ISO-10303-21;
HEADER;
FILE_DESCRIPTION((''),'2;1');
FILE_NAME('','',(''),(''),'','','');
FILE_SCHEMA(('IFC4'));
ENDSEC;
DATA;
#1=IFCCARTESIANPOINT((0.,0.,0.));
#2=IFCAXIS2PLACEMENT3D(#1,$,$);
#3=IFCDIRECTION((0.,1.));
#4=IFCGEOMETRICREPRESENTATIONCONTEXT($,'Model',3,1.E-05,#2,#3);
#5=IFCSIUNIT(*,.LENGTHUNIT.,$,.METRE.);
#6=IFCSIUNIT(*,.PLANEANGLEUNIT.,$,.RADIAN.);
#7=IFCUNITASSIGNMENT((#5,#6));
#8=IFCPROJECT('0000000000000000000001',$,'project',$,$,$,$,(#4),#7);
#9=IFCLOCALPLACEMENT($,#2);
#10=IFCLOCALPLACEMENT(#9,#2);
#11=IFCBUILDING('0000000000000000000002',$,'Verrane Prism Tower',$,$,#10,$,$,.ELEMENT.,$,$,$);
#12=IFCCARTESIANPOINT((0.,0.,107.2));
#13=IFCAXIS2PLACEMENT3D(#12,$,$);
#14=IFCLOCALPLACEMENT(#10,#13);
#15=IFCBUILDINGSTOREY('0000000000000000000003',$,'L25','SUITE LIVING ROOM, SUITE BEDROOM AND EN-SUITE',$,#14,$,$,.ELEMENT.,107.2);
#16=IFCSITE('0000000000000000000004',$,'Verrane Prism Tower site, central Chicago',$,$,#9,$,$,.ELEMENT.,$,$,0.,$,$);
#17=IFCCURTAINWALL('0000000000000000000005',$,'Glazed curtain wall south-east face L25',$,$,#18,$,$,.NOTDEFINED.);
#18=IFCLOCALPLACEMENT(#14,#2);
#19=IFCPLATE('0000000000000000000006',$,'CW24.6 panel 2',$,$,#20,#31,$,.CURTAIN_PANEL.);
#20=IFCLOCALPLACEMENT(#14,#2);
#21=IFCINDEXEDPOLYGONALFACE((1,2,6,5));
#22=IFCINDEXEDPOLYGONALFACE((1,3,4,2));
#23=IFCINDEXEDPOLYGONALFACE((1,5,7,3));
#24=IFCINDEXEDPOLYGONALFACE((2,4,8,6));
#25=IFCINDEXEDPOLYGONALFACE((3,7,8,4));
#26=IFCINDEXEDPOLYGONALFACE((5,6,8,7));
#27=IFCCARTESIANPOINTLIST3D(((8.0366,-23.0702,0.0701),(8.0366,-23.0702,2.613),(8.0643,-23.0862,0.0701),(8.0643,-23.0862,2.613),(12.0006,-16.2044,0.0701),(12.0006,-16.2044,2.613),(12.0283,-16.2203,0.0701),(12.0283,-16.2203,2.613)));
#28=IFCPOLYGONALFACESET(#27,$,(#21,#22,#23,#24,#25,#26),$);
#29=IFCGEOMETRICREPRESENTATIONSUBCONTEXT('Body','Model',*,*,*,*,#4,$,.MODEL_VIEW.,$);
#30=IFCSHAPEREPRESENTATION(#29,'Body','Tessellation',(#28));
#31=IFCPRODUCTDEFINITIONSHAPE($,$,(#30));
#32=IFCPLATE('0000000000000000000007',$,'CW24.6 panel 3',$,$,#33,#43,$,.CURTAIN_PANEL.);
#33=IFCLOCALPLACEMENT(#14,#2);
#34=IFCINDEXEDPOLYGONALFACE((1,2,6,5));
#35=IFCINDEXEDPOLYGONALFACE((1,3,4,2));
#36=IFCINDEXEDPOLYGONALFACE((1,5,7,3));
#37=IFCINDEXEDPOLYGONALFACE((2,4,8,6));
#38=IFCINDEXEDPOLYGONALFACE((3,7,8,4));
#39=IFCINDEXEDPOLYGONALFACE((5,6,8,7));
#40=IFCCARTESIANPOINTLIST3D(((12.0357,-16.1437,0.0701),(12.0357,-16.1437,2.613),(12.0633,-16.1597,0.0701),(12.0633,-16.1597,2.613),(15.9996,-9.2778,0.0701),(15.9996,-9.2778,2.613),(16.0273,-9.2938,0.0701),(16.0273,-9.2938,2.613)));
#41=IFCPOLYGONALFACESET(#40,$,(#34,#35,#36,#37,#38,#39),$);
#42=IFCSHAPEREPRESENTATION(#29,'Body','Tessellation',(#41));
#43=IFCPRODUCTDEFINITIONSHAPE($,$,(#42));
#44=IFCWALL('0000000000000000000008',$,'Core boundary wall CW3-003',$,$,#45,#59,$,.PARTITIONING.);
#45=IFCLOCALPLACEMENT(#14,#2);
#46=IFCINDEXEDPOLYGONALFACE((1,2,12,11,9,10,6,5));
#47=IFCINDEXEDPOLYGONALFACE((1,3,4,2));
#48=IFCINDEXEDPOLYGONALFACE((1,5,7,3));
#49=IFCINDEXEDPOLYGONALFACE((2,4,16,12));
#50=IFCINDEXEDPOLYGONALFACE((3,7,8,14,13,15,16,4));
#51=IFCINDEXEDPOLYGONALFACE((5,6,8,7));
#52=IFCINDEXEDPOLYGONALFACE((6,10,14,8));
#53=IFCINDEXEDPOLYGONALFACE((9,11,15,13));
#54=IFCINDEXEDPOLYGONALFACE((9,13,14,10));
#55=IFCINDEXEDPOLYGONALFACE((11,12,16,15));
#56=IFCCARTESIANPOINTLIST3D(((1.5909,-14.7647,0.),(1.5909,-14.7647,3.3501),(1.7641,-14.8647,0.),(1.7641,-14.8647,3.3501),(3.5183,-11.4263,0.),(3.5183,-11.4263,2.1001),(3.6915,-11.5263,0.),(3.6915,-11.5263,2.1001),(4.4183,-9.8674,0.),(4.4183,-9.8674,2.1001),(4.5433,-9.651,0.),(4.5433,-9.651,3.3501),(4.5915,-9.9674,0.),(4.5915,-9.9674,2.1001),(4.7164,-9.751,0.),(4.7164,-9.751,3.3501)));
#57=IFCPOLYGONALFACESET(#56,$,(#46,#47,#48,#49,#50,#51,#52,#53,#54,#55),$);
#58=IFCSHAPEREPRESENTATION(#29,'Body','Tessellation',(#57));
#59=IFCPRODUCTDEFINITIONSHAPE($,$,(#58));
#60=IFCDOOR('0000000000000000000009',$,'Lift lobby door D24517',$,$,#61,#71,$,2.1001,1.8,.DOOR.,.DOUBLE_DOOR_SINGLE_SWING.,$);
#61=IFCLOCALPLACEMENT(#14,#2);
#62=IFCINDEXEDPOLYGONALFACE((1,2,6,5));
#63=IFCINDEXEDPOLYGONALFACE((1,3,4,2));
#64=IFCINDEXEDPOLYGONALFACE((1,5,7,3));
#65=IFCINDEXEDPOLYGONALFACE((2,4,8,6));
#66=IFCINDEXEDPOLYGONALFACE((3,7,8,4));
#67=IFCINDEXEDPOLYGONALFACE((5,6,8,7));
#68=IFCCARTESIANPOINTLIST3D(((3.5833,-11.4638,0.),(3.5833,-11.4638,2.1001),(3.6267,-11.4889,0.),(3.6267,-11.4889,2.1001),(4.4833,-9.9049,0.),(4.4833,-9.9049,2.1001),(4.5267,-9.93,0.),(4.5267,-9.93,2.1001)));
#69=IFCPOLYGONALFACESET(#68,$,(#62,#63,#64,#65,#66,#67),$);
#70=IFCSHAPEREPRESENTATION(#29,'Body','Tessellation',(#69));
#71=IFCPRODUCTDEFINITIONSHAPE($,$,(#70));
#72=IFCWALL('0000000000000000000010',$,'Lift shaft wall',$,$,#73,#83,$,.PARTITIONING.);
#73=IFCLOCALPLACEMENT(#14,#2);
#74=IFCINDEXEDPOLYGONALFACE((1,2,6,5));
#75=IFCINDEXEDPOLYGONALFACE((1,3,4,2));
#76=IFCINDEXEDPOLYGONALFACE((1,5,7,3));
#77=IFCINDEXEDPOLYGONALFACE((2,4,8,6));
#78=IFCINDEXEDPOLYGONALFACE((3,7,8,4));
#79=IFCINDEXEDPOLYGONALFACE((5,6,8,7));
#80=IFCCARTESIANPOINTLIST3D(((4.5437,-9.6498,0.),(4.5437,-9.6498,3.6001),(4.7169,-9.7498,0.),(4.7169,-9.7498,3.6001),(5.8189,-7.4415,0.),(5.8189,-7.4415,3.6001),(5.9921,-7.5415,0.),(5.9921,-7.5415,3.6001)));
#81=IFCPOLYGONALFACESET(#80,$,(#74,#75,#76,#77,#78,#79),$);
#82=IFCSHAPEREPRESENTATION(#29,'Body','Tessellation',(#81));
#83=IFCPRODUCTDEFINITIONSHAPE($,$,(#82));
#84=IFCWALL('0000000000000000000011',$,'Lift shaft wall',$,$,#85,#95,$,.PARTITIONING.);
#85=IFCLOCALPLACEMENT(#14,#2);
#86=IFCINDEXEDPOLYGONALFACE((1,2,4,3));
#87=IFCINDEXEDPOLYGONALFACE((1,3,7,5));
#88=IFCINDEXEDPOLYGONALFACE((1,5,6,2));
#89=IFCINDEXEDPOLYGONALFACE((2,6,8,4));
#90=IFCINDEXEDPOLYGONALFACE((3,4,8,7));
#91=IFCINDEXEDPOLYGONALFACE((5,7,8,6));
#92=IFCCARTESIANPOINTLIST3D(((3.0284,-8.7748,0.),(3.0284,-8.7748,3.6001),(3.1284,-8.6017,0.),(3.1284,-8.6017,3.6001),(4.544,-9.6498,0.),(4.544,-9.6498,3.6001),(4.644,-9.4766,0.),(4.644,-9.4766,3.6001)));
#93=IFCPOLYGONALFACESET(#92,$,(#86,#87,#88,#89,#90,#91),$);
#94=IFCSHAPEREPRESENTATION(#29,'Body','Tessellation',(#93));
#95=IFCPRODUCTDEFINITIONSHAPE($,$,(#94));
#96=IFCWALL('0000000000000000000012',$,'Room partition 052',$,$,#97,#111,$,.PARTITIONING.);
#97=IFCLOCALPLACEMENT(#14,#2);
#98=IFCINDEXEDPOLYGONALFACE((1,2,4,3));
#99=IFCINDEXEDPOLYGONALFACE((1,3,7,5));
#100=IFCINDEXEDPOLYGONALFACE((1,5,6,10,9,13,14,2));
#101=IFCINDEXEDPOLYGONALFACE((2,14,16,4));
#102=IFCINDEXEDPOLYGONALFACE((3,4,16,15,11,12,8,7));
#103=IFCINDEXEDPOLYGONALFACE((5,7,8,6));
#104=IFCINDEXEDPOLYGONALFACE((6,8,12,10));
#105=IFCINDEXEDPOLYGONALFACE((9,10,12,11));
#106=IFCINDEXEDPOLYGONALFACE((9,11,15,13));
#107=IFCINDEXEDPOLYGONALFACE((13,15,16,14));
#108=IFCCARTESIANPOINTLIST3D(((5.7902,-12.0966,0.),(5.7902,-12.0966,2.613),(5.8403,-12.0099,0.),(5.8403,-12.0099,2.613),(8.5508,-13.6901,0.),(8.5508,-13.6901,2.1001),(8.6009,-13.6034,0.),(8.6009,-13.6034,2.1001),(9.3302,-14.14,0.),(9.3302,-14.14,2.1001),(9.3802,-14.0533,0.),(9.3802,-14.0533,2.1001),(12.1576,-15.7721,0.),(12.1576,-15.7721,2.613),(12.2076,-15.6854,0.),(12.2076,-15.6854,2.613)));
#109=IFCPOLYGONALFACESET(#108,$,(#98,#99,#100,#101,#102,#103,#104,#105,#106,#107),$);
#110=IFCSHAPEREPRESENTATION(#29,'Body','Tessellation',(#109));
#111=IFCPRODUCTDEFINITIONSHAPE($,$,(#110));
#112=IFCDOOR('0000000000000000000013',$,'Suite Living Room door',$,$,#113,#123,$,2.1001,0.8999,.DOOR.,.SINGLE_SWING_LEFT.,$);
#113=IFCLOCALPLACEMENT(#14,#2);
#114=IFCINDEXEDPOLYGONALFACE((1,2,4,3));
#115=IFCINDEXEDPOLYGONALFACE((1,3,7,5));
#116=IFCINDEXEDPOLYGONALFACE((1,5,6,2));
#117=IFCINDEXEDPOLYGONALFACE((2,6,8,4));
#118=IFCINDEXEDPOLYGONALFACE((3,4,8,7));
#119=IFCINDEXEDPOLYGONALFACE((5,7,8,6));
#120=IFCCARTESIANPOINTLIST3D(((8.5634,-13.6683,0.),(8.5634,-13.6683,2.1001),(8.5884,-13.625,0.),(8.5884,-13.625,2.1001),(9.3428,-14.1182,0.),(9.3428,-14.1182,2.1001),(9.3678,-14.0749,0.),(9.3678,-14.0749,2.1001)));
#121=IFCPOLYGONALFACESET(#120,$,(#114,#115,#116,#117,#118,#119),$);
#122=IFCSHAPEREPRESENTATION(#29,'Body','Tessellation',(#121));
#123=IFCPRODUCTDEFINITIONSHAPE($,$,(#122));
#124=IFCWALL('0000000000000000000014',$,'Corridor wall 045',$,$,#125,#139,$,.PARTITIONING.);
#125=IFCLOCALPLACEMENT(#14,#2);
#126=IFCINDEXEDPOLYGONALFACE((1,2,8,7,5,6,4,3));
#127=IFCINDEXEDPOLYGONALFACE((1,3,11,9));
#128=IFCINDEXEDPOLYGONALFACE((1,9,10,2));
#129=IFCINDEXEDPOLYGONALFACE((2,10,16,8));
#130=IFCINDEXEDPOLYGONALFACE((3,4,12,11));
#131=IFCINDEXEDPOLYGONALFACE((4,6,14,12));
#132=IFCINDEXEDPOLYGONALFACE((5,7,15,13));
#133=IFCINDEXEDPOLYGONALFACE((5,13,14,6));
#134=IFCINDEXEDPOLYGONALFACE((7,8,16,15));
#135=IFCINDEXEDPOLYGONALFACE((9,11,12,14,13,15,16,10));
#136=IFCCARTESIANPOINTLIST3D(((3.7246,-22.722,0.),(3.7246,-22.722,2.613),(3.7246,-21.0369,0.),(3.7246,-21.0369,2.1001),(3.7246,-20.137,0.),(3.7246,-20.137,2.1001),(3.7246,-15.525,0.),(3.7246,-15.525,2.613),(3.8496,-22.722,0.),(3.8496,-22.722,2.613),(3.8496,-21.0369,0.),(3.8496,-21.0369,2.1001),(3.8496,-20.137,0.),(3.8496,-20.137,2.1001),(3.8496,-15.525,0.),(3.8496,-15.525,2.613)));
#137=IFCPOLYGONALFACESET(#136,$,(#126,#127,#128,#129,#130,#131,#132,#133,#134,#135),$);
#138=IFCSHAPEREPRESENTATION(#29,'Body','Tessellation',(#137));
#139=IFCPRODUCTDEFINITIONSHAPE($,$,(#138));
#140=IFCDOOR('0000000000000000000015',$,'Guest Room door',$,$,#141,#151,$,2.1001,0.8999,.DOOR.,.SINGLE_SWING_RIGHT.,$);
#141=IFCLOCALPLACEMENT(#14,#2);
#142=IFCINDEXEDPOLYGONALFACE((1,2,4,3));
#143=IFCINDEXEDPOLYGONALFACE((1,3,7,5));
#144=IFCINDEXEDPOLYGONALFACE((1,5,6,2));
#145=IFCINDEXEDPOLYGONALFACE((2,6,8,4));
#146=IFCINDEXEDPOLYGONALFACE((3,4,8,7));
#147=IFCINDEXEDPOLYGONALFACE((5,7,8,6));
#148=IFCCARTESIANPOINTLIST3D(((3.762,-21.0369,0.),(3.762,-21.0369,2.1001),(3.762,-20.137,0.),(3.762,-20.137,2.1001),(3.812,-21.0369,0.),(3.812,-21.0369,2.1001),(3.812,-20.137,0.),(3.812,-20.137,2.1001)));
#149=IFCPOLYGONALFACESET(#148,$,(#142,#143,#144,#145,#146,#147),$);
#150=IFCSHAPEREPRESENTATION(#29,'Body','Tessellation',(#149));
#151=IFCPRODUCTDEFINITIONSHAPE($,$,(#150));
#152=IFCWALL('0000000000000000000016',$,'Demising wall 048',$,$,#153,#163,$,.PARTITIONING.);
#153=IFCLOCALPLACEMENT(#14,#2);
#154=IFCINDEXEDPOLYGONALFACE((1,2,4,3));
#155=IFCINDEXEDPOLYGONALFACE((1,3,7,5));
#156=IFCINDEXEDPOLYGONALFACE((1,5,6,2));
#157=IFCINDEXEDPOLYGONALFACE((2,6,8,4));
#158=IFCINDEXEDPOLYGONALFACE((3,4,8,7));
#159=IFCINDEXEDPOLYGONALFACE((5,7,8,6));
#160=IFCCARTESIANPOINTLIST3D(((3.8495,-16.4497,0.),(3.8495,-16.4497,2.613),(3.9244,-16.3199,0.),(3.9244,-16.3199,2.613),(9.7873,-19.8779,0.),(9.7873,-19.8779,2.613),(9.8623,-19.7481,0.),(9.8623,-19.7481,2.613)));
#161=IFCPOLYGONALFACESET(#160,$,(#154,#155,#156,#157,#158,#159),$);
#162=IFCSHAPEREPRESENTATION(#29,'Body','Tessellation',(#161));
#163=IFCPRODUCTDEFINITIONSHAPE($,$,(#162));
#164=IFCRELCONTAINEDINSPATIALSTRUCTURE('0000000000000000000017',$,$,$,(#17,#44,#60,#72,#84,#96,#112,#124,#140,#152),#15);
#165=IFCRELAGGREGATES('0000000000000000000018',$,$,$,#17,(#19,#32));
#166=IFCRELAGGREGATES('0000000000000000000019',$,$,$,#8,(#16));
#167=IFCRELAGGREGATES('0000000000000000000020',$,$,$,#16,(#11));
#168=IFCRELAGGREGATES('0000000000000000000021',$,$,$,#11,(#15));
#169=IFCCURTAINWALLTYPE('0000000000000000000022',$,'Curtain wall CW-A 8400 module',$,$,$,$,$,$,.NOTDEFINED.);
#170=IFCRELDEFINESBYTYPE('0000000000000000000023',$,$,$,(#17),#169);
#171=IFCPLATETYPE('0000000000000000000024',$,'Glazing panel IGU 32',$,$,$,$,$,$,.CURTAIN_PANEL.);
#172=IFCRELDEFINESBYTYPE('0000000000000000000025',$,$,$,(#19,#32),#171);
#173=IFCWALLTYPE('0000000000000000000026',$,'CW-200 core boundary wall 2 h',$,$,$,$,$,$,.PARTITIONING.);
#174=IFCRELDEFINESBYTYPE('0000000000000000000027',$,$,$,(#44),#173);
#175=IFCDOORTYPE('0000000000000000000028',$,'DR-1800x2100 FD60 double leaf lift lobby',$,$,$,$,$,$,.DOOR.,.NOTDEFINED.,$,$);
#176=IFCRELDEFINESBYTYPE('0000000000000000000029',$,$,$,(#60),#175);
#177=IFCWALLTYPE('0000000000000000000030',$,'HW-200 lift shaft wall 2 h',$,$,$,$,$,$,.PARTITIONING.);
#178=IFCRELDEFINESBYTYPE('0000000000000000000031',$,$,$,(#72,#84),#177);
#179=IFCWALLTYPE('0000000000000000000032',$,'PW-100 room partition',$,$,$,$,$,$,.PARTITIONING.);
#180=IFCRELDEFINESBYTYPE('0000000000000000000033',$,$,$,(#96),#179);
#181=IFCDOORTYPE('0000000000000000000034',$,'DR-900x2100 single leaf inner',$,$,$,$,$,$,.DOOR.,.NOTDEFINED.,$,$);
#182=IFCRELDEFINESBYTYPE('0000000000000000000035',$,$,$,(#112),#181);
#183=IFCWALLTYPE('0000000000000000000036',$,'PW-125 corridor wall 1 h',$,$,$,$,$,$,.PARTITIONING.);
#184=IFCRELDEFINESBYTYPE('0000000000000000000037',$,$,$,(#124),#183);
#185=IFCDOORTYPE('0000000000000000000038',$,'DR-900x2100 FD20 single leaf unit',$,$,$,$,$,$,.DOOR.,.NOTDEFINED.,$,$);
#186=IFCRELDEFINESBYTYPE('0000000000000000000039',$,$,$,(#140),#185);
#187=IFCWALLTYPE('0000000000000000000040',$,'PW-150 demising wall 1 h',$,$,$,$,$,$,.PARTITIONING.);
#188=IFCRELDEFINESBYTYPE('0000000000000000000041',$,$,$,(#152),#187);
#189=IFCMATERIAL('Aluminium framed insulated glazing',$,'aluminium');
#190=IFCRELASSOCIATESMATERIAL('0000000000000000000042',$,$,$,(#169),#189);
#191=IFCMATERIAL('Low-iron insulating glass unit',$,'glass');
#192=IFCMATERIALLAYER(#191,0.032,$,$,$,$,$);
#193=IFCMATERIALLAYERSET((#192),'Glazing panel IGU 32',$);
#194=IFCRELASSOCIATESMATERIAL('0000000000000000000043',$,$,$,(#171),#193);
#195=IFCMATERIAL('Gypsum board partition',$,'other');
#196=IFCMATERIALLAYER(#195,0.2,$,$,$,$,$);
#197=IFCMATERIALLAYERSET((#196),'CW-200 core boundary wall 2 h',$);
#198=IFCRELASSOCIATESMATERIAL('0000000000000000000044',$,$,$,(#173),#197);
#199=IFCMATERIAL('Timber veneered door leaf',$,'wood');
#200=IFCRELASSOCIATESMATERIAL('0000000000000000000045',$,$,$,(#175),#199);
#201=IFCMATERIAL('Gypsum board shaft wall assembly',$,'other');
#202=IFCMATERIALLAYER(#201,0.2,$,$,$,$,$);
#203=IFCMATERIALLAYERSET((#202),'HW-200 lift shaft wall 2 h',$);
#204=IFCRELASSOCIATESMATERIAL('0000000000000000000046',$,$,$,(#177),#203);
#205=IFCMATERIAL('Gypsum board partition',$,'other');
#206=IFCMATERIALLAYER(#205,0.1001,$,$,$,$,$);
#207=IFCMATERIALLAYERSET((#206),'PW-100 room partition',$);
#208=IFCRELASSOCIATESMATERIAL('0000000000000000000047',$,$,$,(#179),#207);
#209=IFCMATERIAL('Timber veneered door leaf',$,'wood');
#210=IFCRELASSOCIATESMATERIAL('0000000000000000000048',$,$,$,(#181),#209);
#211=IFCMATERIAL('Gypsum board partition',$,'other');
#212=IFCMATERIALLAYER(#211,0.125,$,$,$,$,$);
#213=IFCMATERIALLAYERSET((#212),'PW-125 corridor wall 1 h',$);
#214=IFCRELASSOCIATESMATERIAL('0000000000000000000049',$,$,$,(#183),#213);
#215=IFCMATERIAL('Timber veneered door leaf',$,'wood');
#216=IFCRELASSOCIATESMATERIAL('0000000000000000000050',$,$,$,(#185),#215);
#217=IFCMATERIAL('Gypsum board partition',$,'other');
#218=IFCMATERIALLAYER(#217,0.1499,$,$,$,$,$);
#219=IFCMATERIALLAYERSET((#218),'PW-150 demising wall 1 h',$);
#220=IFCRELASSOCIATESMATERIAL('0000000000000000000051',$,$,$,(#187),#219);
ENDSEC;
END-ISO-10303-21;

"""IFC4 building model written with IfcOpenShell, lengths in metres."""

from ifc_helpers import new_model, si_unit, direction, frame, frame_2d, origin, origin_2d, place, context, subcontext, project, spatial, rectangle, extrude, material, layer, layer_set, type_object, element, fill, aggregate, save


model = new_model("IFC4")

# Units and contexts
model_context = context("Model", 3, precision=1e-05, world=origin(), true_north=direction((0.0, 1.0)))
body_context = subcontext(model_context, "Body", "Model", "MODEL_VIEW")
ifc_project = project(units=[si_unit("LENGTHUNIT", "METRE"), si_unit("PLANEANGLEUNIT", "RADIAN")], contexts=[model_context])

# Site, building, storey
site_placement = place(None, origin())
site = spatial("IfcSite", under=ifc_project, at=site_placement, Name="Verrane Prism Tower site, central Chicago", CompositionType="ELEMENT", RefElevation=0.0)
building_placement = place(site_placement, origin())
building = spatial("IfcBuilding", under=site, at=building_placement, Name="Verrane Prism Tower", CompositionType="ELEMENT")
storey_placement = place(building_placement, frame((0.0, 0.0, 107.2)))
storey = spatial("IfcBuildingStorey", under=building, at=storey_placement, Name="L25", Description="SUITE LIVING ROOM, SUITE BEDROOM AND EN-SUITE", CompositionType="ELEMENT", Elevation=107.2)

# Curtain wall
ifc_material_1 = material(Name="Aluminium framed insulated glazing", Category="aluminium")
curtain_wall_type = type_object("IfcCurtainWallType", Name="Curtain wall CW-A 8400 module", PredefinedType="NOTDEFINED", material=ifc_material_1)
curtain_wall_placement = place(storey_placement, origin())
curtain_wall = element("IfcCurtainWall", 1, at=curtain_wall_placement, inside=storey, type_object=curtain_wall_type, Name="Glazed curtain wall south-east face L25", PredefinedType="NOTDEFINED")

# Plates
ifc_material_2 = material(Name="Low-iron insulating glass unit", Category="glass")
ifc_layer_1 = layer(ifc_material_2, 0.032)
ifc_layer_set_1 = layer_set([ifc_layer_1], Name="Glazing panel IGU 32")
plate_type = type_object("IfcPlateType", Name="Glazing panel IGU 32", PredefinedType="CURTAIN_PANEL", material=ifc_layer_set_1)
plate_1_placement = place(storey_placement, frame((10.0325, -19.6453, 0.0701), z_axis=(0.0, 0.0, 1.0), x_axis=(0.5, 0.866025, 0.0)))
plate_1 = element("IfcPlate", 2, at=plate_1_placement, type_object=plate_type, Name="CW24.6 panel 2", PredefinedType="CURTAIN_PANEL", context=body_context, shape_type="SweptSolid", body=[
    extrude(rectangle(XDim=7.928, YDim=0.032, at=origin_2d()), origin(), (0.0, 0.0, 1.0), 2.543),
])
plate_2_placement = place(storey_placement, frame((14.0315, -12.7188, 0.0701), z_axis=(0.0, 0.0, 1.0), x_axis=(0.5, 0.866025, 0.0)))
plate_2 = element("IfcPlate", 3, at=plate_2_placement, type_object=plate_type, Name="CW24.6 panel 3", PredefinedType="CURTAIN_PANEL", context=body_context, shape_type="SweptSolid", body=[
    extrude(rectangle(XDim=7.928, YDim=0.032, at=origin_2d()), origin(), (0.0, 0.0, 1.0), 2.543),
])
aggregate(curtain_wall, [plate_1, plate_2])

# Wall, opening, door
ifc_material_3 = material(Name="Gypsum board partition", Category="other")
ifc_layer_2 = layer(ifc_material_3, 0.2)
ifc_layer_set_2 = layer_set([ifc_layer_2], Name="CW-200 core boundary wall 2 h")
wall_type_1 = type_object("IfcWallType", Name="CW-200 core boundary wall 2 h", PredefinedType="PARTITIONING", material=ifc_layer_set_2)
wall_1_placement = place(storey_placement, frame((1.6775, -14.8147, 0.0), z_axis=(0.0, 0.0, 1.0), x_axis=(0.499994, 0.866029, 0.0)))
wall_1 = element("IfcWall", 4, at=wall_1_placement, inside=storey, type_object=wall_type_1, Name="Core boundary wall CW3-003", PredefinedType="PARTITIONING", context=body_context, shape_type="SweptSolid", body=[
    extrude(rectangle(XDim=5.9048, YDim=0.2, at=frame_2d((2.9524, 0.0))), origin(), (0.0, 0.0, 1.0), 3.3501),
])
opening_1_placement = place(wall_1_placement, frame((3.855, 0.0, 0.0)))
opening_1 = element("IfcOpeningElement", 5, at=opening_1_placement, cuts=wall_1, PredefinedType="OPENING", context=body_context, shape_type="SweptSolid", body=[
    extrude(rectangle(XDim=1.8, YDim=2.1001, at=frame_2d((0.8999, 1.05))), frame((0.0, 0.1099, 0.0), z_axis=(0.0, -1.0, 0.0), x_axis=(1.0, 0.0, 0.0)), (0.0, 0.0, 1.0), 0.22),
])
ifc_material_4 = material(Name="Timber veneered door leaf", Category="wood")
door_type_1 = type_object("IfcDoorType", Name="DR-1800x2100 FD60 double leaf lift lobby", OperationType="NOTDEFINED", PredefinedType="DOOR", material=ifc_material_4)
door_1_placement = place(opening_1_placement, origin())
door_1 = element("IfcDoor", 6, at=door_1_placement, inside=storey, type_object=door_type_1, Name="Lift lobby door D24517", OperationType="DOUBLE_DOOR_SINGLE_SWING", OverallHeight=2.1001, OverallWidth=1.8, PredefinedType="DOOR", context=body_context, shape_type="SweptSolid", body=[
    extrude(rectangle(XDim=1.8, YDim=2.1001, at=frame_2d((0.8999, 1.05))), frame((0.0, 0.0249, 0.0), z_axis=(0.0, -1.0, 0.0), x_axis=(1.0, 0.0, 0.0)), (0.0, 0.0, 1.0), 0.05),
])
fill(opening_1, door_1)

# Walls
ifc_material_5 = material(Name="Gypsum board shaft wall assembly", Category="other")
ifc_layer_3 = layer(ifc_material_5, 0.2)
ifc_layer_set_3 = layer_set([ifc_layer_3], Name="HW-200 lift shaft wall 2 h")
wall_type_2 = type_object("IfcWallType", Name="HW-200 lift shaft wall 2 h", PredefinedType="PARTITIONING", material=ifc_layer_set_3)
wall_2_placement = place(storey_placement, frame((4.6304, -9.6997, 0.0), z_axis=(0.0, 0.0, 1.0), x_axis=(0.500062, 0.865989, 0.0)))
element("IfcWall", 7, at=wall_2_placement, inside=storey, type_object=wall_type_2, Name="Lift shaft wall", PredefinedType="PARTITIONING", context=body_context, shape_type="SweptSolid", body=[
    extrude(rectangle(XDim=2.55, YDim=0.2, at=frame_2d((1.2749, 0.0))), origin(), (0.0, 0.0, 1.0), 3.6001),
])
wall_3_placement = place(storey_placement, frame((4.594, -9.5632, 0.0), z_axis=(0.0, 0.0, 1.0), x_axis=(-0.866037, 0.49998, 0.0)))
element("IfcWall", 8, at=wall_3_placement, inside=storey, type_object=wall_type_2, Name="Lift shaft wall", PredefinedType="PARTITIONING", context=body_context, shape_type="SweptSolid", body=[
    extrude(rectangle(XDim=1.75, YDim=0.2, at=frame_2d((0.875, 0.0))), origin(), (0.0, 0.0, 1.0), 3.6001),
])

# Walls, openings, doors
ifc_material_6 = material(Name="Gypsum board partition", Category="other")
ifc_layer_4 = layer(ifc_material_6, 0.1001)
ifc_layer_set_4 = layer_set([ifc_layer_4], Name="PW-100 room partition")
wall_type_3 = type_object("IfcWallType", Name="PW-100 room partition", PredefinedType="PARTITIONING", material=ifc_layer_set_4)
wall_4_placement = place(storey_placement, frame((12.1826, -15.7288, 0.0), z_axis=(0.0, 0.0, 1.0), x_axis=(-0.866067, 0.499928, 0.0)))
wall_4 = element("IfcWall", 9, at=wall_4_placement, inside=storey, type_object=wall_type_3, Name="Room partition 052", PredefinedType="PARTITIONING", context=body_context, shape_type="SweptSolid", body=[
    extrude(rectangle(XDim=7.3521, YDim=0.1001, at=frame_2d((3.676, 0.0))), origin(), (0.0, 0.0, 1.0), 2.613),
])
opening_2_placement = place(wall_4_placement, frame((3.2646, 0.0, 0.0)))
opening_2 = element("IfcOpeningElement", 10, at=opening_2_placement, cuts=wall_4, PredefinedType="OPENING", context=body_context, shape_type="SweptSolid", body=[
    extrude(rectangle(XDim=0.8999, YDim=2.1001, at=frame_2d((0.45, 1.05))), frame((0.0, 0.0601, 0.0), z_axis=(0.0, -1.0, 0.0), x_axis=(1.0, 0.0, 0.0)), (0.0, 0.0, 1.0), 0.1201),
])
ifc_material_7 = material(Name="Timber veneered door leaf", Category="wood")
door_type_2 = type_object("IfcDoorType", Name="DR-900x2100 single leaf inner", OperationType="NOTDEFINED", PredefinedType="DOOR", material=ifc_material_7)
door_2_placement = place(opening_2_placement, origin())
door_2 = element("IfcDoor", 11, at=door_2_placement, inside=storey, type_object=door_type_2, Name="Suite Living Room door", OperationType="SINGLE_SWING_LEFT", OverallHeight=2.1001, OverallWidth=0.8999, PredefinedType="DOOR", context=body_context, shape_type="SweptSolid", body=[
    extrude(rectangle(XDim=0.8999, YDim=2.1001, at=frame_2d((0.45, 1.05))), frame((0.0, 0.0249, 0.0), z_axis=(0.0, -1.0, 0.0), x_axis=(1.0, 0.0, 0.0)), (0.0, 0.0, 1.0), 0.05),
])
fill(opening_2, door_2)
ifc_material_8 = material(Name="Gypsum board partition", Category="other")
ifc_layer_5 = layer(ifc_material_8, 0.125)
ifc_layer_set_5 = layer_set([ifc_layer_5], Name="PW-125 corridor wall 1 h")
wall_type_4 = type_object("IfcWallType", Name="PW-125 corridor wall 1 h", PredefinedType="PARTITIONING", material=ifc_layer_set_5)
wall_5_placement = place(storey_placement, frame((3.7871, -15.5249, 0.0), z_axis=(0.0, 0.0, 1.0), x_axis=(0.0, -1.0, 0.0)))
wall_5 = element("IfcWall", 12, at=wall_5_placement, inside=storey, type_object=wall_type_4, Name="Corridor wall 045", PredefinedType="PARTITIONING", context=body_context, shape_type="SweptSolid", body=[
    extrude(rectangle(XDim=7.197, YDim=0.125, at=frame_2d((3.5986, 0.0))), origin(), (0.0, 0.0, 1.0), 2.613),
])
opening_3_placement = place(wall_5_placement, frame((4.6121, 0.0, 0.0)))
opening_3 = element("IfcOpeningElement", 13, at=opening_3_placement, cuts=wall_5, PredefinedType="OPENING", context=body_context, shape_type="SweptSolid", body=[
    extrude(rectangle(XDim=0.8999, YDim=2.1001, at=frame_2d((0.45, 1.05))), frame((0.0, 0.0725, 0.0), z_axis=(0.0, -1.0, 0.0), x_axis=(1.0, 0.0, 0.0)), (0.0, 0.0, 1.0), 0.145),
])
ifc_material_9 = material(Name="Timber veneered door leaf", Category="wood")
door_type_3 = type_object("IfcDoorType", Name="DR-900x2100 FD20 single leaf unit", OperationType="NOTDEFINED", PredefinedType="DOOR", material=ifc_material_9)
door_3_placement = place(opening_3_placement, origin())
door_3 = element("IfcDoor", 14, at=door_3_placement, inside=storey, type_object=door_type_3, Name="Guest Room door", OperationType="SINGLE_SWING_RIGHT", OverallHeight=2.1001, OverallWidth=0.8999, PredefinedType="DOOR", context=body_context, shape_type="SweptSolid", body=[
    extrude(rectangle(XDim=0.8999, YDim=2.1001, at=frame_2d((0.45, 1.05))), frame((0.0, 0.0249, 0.0), z_axis=(0.0, -1.0, 0.0), x_axis=(1.0, 0.0, 0.0)), (0.0, 0.0, 1.0), 0.05),
])
fill(opening_3, door_3)

# Wall
ifc_material_10 = material(Name="Gypsum board partition", Category="other")
ifc_layer_6 = layer(ifc_material_10, 0.1499)
ifc_layer_set_6 = layer_set([ifc_layer_6], Name="PW-150 demising wall 1 h")
wall_type_5 = type_object("IfcWallType", Name="PW-150 demising wall 1 h", PredefinedType="PARTITIONING", material=ifc_layer_set_6)
wall_6_placement = place(storey_placement, frame((3.887, -16.3848, 0.0), z_axis=(0.0, 0.0, 1.0), x_axis=(0.866021, -0.500007, 0.0)))
element("IfcWall", 15, at=wall_6_placement, inside=storey, type_object=wall_type_5, Name="Demising wall 048", PredefinedType="PARTITIONING", context=body_context, shape_type="SweptSolid", body=[
    extrude(rectangle(XDim=6.8564, YDim=0.1499, at=frame_2d((3.4282, 0.0))), origin(), (0.0, 0.0, 1.0), 2.613),
])

save(model, "model.ifc")
